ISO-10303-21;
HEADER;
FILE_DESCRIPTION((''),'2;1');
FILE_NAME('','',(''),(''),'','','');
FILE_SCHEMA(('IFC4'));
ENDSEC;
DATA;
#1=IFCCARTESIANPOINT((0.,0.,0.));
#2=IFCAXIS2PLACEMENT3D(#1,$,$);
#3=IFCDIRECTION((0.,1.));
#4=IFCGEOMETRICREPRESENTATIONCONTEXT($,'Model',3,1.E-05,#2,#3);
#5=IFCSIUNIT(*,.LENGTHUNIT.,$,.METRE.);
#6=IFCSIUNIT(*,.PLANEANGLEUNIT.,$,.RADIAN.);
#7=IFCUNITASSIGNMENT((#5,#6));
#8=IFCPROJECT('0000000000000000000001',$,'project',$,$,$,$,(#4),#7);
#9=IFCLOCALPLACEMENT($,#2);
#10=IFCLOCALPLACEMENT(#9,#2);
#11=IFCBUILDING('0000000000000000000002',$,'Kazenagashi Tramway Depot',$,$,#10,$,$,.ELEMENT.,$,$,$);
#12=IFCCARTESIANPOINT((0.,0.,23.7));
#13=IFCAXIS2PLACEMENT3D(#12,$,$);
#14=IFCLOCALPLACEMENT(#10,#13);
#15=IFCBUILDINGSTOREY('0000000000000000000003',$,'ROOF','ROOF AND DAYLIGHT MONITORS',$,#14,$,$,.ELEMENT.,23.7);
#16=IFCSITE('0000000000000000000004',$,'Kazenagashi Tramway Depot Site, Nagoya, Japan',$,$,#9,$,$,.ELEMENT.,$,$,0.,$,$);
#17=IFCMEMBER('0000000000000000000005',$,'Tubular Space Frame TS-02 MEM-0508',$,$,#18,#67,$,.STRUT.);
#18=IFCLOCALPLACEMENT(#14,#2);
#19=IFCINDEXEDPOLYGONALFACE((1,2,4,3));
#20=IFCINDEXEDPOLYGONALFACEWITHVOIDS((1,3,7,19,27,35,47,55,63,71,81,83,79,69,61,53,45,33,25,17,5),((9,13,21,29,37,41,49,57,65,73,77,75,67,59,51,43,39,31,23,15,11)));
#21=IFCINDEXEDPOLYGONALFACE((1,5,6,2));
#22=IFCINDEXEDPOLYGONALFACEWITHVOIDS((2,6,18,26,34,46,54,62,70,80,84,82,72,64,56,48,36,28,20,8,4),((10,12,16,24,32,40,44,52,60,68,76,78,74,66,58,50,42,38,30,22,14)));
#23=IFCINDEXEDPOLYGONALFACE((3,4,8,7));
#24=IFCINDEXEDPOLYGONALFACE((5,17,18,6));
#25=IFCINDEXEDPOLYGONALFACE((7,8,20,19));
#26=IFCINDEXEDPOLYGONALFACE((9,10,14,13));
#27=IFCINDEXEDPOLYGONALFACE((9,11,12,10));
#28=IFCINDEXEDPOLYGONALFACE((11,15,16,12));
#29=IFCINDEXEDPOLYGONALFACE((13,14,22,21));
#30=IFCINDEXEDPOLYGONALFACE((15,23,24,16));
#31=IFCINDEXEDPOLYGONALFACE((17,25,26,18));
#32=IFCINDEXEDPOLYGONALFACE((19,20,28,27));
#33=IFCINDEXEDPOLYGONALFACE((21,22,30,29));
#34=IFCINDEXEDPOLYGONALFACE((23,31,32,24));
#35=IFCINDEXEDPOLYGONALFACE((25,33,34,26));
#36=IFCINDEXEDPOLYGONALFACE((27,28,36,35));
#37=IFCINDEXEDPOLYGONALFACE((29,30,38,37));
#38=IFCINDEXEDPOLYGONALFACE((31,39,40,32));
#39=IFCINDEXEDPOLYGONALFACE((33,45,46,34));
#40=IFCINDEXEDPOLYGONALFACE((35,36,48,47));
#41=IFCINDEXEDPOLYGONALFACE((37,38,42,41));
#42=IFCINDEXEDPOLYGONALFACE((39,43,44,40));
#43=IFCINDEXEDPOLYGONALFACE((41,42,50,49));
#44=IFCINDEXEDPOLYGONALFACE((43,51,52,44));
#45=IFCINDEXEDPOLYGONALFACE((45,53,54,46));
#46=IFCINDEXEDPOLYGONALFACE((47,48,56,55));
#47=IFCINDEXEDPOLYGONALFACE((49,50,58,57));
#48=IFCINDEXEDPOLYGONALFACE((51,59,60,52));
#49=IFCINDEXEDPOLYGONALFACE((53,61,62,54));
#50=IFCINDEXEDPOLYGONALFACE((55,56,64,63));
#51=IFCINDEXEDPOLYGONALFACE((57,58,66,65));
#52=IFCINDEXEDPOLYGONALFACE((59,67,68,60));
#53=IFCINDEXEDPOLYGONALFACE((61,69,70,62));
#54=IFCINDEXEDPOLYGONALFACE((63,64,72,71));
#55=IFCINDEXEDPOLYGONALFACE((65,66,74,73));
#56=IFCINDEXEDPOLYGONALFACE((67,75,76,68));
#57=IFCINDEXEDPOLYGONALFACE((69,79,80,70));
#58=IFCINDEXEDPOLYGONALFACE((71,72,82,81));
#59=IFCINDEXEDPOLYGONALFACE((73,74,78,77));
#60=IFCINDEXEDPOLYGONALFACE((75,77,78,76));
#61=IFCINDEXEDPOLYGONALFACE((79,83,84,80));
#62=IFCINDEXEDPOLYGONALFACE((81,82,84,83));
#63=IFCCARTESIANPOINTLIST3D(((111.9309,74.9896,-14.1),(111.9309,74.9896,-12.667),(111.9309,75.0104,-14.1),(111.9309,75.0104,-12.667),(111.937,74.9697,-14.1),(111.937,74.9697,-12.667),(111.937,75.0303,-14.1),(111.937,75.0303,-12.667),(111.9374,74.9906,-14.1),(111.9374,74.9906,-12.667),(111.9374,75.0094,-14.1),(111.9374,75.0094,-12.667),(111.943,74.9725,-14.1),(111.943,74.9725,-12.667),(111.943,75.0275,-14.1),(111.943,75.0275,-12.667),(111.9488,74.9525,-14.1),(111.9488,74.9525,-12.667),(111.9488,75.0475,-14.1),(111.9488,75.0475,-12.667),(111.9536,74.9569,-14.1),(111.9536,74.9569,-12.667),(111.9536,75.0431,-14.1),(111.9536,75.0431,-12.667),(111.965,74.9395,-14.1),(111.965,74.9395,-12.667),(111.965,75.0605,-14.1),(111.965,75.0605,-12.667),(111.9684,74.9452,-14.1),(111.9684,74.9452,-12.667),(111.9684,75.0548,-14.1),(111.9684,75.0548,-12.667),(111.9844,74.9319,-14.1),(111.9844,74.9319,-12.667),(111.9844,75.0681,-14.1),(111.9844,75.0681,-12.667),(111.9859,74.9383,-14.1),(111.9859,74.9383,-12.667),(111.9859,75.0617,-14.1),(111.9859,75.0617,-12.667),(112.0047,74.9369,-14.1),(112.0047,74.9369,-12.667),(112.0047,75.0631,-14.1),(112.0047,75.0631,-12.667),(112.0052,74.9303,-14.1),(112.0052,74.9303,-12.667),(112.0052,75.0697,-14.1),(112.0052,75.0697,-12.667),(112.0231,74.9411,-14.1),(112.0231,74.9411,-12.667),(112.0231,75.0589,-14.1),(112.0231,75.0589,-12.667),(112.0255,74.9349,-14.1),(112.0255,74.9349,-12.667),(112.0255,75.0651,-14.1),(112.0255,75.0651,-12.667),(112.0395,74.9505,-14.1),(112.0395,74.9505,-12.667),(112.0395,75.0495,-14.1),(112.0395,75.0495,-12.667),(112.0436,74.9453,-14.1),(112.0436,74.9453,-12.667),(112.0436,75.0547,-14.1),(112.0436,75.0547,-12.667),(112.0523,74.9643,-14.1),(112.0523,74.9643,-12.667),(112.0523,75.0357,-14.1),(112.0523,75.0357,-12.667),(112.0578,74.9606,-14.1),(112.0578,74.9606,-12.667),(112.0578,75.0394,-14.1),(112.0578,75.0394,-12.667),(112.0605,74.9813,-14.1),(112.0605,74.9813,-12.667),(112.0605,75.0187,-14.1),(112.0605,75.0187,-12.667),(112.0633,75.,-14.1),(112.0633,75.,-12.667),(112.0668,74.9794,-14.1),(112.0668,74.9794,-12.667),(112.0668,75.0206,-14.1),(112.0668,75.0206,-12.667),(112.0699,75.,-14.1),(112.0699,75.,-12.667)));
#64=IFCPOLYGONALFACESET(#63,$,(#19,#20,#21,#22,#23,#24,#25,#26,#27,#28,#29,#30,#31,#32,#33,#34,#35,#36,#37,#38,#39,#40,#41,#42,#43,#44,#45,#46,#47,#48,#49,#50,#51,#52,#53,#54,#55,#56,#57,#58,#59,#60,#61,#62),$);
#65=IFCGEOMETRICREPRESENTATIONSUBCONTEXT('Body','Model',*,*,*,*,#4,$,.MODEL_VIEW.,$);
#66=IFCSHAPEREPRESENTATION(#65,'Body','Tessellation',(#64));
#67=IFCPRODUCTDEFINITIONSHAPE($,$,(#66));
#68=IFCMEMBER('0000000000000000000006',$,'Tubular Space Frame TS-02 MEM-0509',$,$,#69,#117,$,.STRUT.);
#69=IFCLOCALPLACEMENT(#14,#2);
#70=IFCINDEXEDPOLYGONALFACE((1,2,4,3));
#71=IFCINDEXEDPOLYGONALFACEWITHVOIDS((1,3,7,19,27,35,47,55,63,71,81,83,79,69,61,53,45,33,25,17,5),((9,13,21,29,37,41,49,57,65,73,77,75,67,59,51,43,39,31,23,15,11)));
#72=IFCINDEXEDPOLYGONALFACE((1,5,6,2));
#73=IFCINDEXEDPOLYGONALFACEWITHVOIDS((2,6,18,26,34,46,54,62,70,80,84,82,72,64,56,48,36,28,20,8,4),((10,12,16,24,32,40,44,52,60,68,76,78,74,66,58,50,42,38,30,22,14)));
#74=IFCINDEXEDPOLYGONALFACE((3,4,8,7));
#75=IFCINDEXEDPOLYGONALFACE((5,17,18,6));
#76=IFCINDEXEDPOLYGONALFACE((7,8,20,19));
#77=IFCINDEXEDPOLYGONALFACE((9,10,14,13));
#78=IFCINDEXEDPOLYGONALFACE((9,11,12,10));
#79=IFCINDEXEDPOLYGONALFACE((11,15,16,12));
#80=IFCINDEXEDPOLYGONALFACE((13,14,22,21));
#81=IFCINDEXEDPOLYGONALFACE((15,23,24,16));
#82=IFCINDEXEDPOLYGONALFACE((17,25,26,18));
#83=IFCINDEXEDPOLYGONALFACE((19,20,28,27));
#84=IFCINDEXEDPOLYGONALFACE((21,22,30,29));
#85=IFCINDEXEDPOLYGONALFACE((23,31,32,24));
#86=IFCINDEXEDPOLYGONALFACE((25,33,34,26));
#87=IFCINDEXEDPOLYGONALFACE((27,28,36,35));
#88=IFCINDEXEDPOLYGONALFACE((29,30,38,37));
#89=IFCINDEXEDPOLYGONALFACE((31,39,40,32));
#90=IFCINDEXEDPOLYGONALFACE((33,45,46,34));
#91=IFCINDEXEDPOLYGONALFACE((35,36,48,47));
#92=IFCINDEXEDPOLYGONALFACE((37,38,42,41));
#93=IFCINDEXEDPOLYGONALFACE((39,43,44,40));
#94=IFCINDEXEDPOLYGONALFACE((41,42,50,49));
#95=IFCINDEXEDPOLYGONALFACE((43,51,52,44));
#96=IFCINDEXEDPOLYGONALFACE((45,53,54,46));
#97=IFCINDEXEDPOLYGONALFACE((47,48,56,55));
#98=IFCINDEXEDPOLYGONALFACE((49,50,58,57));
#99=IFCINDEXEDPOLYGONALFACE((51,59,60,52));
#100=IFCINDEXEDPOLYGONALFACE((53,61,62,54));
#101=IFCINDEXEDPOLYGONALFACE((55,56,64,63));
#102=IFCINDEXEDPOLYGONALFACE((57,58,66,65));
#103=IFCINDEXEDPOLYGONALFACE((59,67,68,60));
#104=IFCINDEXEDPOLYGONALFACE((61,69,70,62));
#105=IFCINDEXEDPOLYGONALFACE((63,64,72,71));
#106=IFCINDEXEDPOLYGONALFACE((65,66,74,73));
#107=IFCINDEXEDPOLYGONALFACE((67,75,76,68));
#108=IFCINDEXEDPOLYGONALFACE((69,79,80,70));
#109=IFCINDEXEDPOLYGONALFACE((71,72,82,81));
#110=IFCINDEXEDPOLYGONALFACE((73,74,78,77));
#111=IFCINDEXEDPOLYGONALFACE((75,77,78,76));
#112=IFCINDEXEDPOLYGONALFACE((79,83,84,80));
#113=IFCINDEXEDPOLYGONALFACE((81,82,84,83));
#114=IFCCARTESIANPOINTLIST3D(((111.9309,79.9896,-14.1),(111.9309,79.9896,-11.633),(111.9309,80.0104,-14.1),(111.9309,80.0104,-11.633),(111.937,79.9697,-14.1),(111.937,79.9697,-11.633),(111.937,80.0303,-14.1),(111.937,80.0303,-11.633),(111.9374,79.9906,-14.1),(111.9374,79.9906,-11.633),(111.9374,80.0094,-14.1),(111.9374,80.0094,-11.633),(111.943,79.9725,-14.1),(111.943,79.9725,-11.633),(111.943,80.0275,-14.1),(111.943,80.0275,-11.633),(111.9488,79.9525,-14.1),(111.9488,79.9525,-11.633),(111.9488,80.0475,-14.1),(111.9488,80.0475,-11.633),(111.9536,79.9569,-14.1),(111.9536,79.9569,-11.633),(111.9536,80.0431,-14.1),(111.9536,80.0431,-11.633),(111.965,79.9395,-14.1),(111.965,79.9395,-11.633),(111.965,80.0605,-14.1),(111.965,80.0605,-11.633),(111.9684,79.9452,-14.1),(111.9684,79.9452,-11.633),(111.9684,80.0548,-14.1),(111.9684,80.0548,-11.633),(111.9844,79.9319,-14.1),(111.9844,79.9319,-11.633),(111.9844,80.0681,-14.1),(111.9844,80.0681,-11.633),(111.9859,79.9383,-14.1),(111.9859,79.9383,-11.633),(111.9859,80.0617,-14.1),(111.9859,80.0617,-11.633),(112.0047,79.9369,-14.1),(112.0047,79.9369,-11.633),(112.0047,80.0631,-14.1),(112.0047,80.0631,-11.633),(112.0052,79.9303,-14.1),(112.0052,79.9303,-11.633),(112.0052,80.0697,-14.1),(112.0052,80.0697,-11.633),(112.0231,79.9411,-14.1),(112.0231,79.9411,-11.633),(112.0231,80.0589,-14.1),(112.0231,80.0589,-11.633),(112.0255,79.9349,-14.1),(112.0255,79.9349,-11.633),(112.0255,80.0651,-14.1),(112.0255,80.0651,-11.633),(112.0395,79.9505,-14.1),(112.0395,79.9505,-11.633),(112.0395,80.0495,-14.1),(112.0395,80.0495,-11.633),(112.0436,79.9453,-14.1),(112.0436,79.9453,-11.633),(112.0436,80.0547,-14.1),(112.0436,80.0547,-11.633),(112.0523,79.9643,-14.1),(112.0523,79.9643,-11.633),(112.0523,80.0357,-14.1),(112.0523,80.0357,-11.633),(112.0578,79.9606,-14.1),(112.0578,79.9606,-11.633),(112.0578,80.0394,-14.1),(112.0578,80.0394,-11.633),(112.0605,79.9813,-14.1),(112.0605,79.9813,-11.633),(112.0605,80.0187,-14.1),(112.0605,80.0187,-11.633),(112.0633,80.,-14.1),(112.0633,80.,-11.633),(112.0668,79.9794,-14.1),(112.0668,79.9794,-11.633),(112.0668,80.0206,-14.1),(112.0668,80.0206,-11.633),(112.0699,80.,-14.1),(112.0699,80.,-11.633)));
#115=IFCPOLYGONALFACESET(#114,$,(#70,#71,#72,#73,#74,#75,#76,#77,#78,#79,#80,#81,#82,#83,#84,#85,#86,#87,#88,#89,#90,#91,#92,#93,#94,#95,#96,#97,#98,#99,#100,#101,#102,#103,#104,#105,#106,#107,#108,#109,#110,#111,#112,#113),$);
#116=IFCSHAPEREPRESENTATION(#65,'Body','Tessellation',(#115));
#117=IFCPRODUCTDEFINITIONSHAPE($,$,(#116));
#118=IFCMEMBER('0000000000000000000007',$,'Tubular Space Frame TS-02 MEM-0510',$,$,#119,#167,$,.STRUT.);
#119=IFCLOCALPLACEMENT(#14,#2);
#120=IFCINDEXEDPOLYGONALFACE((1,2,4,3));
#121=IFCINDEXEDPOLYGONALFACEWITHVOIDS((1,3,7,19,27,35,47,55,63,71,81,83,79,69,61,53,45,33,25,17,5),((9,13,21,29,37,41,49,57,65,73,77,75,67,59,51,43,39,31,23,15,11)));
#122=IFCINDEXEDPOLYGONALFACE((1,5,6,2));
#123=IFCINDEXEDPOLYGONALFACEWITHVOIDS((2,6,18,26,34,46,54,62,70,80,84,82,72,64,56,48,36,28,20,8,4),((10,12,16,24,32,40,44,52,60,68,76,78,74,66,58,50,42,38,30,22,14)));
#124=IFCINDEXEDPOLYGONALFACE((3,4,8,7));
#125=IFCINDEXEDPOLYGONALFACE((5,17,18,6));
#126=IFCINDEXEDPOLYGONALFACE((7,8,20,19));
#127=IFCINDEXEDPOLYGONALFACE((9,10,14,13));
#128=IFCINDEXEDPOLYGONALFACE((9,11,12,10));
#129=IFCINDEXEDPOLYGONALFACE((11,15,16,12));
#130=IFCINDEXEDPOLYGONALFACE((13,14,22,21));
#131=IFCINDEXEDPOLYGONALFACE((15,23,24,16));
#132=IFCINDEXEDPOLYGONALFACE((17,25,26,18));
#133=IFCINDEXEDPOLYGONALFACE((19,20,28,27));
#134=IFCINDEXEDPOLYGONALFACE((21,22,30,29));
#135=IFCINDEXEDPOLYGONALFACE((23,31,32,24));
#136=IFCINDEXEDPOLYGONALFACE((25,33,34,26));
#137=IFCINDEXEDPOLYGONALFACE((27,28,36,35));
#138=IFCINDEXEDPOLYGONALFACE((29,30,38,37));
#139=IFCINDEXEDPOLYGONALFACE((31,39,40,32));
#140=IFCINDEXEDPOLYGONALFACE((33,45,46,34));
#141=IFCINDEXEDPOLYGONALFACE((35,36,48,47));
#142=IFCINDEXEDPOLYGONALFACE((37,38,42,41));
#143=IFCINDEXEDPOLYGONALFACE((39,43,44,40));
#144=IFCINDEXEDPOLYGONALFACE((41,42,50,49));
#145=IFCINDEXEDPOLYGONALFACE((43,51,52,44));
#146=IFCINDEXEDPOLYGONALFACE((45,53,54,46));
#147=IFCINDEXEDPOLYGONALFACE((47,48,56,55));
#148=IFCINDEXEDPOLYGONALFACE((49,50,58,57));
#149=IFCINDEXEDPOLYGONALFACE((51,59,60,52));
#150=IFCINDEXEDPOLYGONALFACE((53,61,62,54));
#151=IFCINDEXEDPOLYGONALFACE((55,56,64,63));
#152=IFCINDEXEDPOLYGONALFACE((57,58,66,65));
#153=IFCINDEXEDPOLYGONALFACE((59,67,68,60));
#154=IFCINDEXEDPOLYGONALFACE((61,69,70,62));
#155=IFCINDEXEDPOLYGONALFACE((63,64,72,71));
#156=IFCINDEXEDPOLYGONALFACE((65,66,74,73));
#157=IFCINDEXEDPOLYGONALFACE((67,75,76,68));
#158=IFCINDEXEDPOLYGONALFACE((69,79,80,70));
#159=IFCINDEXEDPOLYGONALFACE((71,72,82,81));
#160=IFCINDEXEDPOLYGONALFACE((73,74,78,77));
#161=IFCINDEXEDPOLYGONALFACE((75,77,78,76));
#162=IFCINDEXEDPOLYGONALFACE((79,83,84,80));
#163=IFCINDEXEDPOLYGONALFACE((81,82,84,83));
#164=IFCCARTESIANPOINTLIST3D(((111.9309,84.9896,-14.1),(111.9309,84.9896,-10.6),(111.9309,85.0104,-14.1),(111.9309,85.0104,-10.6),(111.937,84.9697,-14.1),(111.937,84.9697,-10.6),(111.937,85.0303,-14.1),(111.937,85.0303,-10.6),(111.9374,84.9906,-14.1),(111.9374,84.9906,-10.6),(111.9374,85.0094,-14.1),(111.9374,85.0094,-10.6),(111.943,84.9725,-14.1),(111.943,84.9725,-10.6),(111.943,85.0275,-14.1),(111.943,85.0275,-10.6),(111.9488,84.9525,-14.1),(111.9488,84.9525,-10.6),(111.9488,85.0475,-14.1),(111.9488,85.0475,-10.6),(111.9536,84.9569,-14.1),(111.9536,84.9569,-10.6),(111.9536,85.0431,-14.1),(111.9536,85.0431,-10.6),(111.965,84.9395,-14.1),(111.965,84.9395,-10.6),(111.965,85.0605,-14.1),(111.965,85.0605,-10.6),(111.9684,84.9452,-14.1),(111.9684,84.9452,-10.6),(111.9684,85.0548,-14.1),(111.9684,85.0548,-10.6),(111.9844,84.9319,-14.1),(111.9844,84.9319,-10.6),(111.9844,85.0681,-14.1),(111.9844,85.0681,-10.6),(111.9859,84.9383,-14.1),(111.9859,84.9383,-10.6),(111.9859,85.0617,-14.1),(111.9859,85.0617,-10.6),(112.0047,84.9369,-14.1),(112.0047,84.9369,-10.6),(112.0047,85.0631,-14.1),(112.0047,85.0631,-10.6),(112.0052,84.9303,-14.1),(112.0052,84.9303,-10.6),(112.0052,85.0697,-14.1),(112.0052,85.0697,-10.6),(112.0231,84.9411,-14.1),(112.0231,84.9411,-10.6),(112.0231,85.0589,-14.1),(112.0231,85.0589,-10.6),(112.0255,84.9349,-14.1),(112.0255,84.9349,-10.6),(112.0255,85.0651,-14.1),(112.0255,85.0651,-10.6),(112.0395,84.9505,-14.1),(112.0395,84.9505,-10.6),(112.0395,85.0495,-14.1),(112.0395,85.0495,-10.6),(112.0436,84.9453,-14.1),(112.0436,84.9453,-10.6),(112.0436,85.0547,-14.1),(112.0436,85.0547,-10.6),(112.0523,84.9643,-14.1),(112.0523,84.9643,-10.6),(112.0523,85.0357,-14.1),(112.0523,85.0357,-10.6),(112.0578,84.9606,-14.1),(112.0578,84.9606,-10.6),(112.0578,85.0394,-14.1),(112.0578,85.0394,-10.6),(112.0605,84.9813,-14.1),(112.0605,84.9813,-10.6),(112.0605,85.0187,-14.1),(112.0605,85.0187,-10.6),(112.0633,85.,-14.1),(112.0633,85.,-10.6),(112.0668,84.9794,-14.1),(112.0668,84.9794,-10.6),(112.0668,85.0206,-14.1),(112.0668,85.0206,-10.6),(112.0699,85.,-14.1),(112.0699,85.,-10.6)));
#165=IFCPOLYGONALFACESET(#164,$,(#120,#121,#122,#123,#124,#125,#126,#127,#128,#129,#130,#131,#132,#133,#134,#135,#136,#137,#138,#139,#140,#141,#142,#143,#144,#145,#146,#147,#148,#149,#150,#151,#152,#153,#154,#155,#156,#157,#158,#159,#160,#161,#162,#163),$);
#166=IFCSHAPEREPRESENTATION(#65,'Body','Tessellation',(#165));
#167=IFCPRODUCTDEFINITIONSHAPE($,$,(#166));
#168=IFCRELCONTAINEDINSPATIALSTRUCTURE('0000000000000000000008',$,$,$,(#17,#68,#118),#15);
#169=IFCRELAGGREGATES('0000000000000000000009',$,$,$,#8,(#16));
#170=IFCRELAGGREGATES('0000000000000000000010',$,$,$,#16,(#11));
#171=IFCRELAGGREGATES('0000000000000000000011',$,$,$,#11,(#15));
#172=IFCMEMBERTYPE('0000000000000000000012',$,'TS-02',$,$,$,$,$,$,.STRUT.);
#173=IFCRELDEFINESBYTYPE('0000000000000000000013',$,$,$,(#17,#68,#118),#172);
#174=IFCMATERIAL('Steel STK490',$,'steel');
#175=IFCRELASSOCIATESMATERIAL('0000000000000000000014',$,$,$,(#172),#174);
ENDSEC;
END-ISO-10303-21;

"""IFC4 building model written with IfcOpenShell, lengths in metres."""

from ifc_helpers import new_model, si_unit, direction, frame, origin, origin_2d, place, context, subcontext, project, spatial, hollow_circle, extrude, material, material_profile, profile_set, type_object, element, save


model = new_model("IFC4")

# Units and contexts
model_context = context("Model", 3, precision=1e-05, world=origin(), true_north=direction((0.0, 1.0)))
body_context = subcontext(model_context, "Body", "Model", "MODEL_VIEW")
ifc_project = project(units=[si_unit("LENGTHUNIT", "METRE"), si_unit("PLANEANGLEUNIT", "RADIAN")], contexts=[model_context])

# Site, building, storey
site_placement = place(None, origin())
site = spatial("IfcSite", under=ifc_project, at=site_placement, Name="Kazenagashi Tramway Depot Site, Nagoya, Japan", CompositionType="ELEMENT", RefElevation=0.0)
building_placement = place(site_placement, origin())
building = spatial("IfcBuilding", under=site, at=building_placement, Name="Kazenagashi Tramway Depot", CompositionType="ELEMENT")
storey_placement = place(building_placement, frame((0.0, 0.0, 23.7)))
storey = spatial("IfcBuildingStorey", under=building, at=storey_placement, Name="ROOF", Description="ROOF AND DAYLIGHT MONITORS", CompositionType="ELEMENT", Elevation=23.7)

# Members
ifc_material_1 = material(Name="Steel STK490", Category="steel")
ifc_material_profile_1 = material_profile(ifc_material_1, hollow_circle(Radius=0.0699, WallThickness=0.0066, at=origin_2d()), Name="CHS-139.8x6.6")
ifc_profile_set_1 = profile_set([ifc_material_profile_1], Name="Steel STK490")
member_type_1 = type_object("IfcMemberType", Name="TS-02", PredefinedType="STRUT", material=ifc_profile_set_1)
member_1_placement = place(storey_placement, frame((112.0, 75.0, -14.1), z_axis=(0.0, 0.0, 1.0), x_axis=(1.0, 0.0, 0.0)))
element("IfcMember", 1, at=member_1_placement, inside=storey, type_object=member_type_1, Name="Tubular Space Frame TS-02 MEM-0508", PredefinedType="STRUT", context=body_context, shape_type="SweptSolid", body=[
    extrude(hollow_circle(Radius=0.0699, WallThickness=0.0066, at=origin_2d()), origin(), (0.0, 0.0, 1.0), 1.433),
])
member_2_placement = place(storey_placement, frame((112.0, 80.0, -14.1), z_axis=(0.0, 0.0, 1.0), x_axis=(1.0, 0.0, 0.0)))
element("IfcMember", 2, at=member_2_placement, inside=storey, type_object=member_type_1, Name="Tubular Space Frame TS-02 MEM-0509", PredefinedType="STRUT", context=body_context, shape_type="SweptSolid", body=[
    extrude(hollow_circle(Radius=0.0699, WallThickness=0.0066, at=origin_2d()), origin(), (0.0, 0.0, 1.0), 2.467),
])
member_3_placement = place(storey_placement, frame((112.0, 85.0, -14.1), z_axis=(0.0, 0.0, 1.0), x_axis=(1.0, 0.0, 0.0)))
element("IfcMember", 3, at=member_3_placement, inside=storey, type_object=member_type_1, Name="Tubular Space Frame TS-02 MEM-0510", PredefinedType="STRUT", context=body_context, shape_type="SweptSolid", body=[
    extrude(hollow_circle(Radius=0.0699, WallThickness=0.0066, at=origin_2d()), origin(), (0.0, 0.0, 1.0), 3.5),
])

save(model, "model.ifc")
